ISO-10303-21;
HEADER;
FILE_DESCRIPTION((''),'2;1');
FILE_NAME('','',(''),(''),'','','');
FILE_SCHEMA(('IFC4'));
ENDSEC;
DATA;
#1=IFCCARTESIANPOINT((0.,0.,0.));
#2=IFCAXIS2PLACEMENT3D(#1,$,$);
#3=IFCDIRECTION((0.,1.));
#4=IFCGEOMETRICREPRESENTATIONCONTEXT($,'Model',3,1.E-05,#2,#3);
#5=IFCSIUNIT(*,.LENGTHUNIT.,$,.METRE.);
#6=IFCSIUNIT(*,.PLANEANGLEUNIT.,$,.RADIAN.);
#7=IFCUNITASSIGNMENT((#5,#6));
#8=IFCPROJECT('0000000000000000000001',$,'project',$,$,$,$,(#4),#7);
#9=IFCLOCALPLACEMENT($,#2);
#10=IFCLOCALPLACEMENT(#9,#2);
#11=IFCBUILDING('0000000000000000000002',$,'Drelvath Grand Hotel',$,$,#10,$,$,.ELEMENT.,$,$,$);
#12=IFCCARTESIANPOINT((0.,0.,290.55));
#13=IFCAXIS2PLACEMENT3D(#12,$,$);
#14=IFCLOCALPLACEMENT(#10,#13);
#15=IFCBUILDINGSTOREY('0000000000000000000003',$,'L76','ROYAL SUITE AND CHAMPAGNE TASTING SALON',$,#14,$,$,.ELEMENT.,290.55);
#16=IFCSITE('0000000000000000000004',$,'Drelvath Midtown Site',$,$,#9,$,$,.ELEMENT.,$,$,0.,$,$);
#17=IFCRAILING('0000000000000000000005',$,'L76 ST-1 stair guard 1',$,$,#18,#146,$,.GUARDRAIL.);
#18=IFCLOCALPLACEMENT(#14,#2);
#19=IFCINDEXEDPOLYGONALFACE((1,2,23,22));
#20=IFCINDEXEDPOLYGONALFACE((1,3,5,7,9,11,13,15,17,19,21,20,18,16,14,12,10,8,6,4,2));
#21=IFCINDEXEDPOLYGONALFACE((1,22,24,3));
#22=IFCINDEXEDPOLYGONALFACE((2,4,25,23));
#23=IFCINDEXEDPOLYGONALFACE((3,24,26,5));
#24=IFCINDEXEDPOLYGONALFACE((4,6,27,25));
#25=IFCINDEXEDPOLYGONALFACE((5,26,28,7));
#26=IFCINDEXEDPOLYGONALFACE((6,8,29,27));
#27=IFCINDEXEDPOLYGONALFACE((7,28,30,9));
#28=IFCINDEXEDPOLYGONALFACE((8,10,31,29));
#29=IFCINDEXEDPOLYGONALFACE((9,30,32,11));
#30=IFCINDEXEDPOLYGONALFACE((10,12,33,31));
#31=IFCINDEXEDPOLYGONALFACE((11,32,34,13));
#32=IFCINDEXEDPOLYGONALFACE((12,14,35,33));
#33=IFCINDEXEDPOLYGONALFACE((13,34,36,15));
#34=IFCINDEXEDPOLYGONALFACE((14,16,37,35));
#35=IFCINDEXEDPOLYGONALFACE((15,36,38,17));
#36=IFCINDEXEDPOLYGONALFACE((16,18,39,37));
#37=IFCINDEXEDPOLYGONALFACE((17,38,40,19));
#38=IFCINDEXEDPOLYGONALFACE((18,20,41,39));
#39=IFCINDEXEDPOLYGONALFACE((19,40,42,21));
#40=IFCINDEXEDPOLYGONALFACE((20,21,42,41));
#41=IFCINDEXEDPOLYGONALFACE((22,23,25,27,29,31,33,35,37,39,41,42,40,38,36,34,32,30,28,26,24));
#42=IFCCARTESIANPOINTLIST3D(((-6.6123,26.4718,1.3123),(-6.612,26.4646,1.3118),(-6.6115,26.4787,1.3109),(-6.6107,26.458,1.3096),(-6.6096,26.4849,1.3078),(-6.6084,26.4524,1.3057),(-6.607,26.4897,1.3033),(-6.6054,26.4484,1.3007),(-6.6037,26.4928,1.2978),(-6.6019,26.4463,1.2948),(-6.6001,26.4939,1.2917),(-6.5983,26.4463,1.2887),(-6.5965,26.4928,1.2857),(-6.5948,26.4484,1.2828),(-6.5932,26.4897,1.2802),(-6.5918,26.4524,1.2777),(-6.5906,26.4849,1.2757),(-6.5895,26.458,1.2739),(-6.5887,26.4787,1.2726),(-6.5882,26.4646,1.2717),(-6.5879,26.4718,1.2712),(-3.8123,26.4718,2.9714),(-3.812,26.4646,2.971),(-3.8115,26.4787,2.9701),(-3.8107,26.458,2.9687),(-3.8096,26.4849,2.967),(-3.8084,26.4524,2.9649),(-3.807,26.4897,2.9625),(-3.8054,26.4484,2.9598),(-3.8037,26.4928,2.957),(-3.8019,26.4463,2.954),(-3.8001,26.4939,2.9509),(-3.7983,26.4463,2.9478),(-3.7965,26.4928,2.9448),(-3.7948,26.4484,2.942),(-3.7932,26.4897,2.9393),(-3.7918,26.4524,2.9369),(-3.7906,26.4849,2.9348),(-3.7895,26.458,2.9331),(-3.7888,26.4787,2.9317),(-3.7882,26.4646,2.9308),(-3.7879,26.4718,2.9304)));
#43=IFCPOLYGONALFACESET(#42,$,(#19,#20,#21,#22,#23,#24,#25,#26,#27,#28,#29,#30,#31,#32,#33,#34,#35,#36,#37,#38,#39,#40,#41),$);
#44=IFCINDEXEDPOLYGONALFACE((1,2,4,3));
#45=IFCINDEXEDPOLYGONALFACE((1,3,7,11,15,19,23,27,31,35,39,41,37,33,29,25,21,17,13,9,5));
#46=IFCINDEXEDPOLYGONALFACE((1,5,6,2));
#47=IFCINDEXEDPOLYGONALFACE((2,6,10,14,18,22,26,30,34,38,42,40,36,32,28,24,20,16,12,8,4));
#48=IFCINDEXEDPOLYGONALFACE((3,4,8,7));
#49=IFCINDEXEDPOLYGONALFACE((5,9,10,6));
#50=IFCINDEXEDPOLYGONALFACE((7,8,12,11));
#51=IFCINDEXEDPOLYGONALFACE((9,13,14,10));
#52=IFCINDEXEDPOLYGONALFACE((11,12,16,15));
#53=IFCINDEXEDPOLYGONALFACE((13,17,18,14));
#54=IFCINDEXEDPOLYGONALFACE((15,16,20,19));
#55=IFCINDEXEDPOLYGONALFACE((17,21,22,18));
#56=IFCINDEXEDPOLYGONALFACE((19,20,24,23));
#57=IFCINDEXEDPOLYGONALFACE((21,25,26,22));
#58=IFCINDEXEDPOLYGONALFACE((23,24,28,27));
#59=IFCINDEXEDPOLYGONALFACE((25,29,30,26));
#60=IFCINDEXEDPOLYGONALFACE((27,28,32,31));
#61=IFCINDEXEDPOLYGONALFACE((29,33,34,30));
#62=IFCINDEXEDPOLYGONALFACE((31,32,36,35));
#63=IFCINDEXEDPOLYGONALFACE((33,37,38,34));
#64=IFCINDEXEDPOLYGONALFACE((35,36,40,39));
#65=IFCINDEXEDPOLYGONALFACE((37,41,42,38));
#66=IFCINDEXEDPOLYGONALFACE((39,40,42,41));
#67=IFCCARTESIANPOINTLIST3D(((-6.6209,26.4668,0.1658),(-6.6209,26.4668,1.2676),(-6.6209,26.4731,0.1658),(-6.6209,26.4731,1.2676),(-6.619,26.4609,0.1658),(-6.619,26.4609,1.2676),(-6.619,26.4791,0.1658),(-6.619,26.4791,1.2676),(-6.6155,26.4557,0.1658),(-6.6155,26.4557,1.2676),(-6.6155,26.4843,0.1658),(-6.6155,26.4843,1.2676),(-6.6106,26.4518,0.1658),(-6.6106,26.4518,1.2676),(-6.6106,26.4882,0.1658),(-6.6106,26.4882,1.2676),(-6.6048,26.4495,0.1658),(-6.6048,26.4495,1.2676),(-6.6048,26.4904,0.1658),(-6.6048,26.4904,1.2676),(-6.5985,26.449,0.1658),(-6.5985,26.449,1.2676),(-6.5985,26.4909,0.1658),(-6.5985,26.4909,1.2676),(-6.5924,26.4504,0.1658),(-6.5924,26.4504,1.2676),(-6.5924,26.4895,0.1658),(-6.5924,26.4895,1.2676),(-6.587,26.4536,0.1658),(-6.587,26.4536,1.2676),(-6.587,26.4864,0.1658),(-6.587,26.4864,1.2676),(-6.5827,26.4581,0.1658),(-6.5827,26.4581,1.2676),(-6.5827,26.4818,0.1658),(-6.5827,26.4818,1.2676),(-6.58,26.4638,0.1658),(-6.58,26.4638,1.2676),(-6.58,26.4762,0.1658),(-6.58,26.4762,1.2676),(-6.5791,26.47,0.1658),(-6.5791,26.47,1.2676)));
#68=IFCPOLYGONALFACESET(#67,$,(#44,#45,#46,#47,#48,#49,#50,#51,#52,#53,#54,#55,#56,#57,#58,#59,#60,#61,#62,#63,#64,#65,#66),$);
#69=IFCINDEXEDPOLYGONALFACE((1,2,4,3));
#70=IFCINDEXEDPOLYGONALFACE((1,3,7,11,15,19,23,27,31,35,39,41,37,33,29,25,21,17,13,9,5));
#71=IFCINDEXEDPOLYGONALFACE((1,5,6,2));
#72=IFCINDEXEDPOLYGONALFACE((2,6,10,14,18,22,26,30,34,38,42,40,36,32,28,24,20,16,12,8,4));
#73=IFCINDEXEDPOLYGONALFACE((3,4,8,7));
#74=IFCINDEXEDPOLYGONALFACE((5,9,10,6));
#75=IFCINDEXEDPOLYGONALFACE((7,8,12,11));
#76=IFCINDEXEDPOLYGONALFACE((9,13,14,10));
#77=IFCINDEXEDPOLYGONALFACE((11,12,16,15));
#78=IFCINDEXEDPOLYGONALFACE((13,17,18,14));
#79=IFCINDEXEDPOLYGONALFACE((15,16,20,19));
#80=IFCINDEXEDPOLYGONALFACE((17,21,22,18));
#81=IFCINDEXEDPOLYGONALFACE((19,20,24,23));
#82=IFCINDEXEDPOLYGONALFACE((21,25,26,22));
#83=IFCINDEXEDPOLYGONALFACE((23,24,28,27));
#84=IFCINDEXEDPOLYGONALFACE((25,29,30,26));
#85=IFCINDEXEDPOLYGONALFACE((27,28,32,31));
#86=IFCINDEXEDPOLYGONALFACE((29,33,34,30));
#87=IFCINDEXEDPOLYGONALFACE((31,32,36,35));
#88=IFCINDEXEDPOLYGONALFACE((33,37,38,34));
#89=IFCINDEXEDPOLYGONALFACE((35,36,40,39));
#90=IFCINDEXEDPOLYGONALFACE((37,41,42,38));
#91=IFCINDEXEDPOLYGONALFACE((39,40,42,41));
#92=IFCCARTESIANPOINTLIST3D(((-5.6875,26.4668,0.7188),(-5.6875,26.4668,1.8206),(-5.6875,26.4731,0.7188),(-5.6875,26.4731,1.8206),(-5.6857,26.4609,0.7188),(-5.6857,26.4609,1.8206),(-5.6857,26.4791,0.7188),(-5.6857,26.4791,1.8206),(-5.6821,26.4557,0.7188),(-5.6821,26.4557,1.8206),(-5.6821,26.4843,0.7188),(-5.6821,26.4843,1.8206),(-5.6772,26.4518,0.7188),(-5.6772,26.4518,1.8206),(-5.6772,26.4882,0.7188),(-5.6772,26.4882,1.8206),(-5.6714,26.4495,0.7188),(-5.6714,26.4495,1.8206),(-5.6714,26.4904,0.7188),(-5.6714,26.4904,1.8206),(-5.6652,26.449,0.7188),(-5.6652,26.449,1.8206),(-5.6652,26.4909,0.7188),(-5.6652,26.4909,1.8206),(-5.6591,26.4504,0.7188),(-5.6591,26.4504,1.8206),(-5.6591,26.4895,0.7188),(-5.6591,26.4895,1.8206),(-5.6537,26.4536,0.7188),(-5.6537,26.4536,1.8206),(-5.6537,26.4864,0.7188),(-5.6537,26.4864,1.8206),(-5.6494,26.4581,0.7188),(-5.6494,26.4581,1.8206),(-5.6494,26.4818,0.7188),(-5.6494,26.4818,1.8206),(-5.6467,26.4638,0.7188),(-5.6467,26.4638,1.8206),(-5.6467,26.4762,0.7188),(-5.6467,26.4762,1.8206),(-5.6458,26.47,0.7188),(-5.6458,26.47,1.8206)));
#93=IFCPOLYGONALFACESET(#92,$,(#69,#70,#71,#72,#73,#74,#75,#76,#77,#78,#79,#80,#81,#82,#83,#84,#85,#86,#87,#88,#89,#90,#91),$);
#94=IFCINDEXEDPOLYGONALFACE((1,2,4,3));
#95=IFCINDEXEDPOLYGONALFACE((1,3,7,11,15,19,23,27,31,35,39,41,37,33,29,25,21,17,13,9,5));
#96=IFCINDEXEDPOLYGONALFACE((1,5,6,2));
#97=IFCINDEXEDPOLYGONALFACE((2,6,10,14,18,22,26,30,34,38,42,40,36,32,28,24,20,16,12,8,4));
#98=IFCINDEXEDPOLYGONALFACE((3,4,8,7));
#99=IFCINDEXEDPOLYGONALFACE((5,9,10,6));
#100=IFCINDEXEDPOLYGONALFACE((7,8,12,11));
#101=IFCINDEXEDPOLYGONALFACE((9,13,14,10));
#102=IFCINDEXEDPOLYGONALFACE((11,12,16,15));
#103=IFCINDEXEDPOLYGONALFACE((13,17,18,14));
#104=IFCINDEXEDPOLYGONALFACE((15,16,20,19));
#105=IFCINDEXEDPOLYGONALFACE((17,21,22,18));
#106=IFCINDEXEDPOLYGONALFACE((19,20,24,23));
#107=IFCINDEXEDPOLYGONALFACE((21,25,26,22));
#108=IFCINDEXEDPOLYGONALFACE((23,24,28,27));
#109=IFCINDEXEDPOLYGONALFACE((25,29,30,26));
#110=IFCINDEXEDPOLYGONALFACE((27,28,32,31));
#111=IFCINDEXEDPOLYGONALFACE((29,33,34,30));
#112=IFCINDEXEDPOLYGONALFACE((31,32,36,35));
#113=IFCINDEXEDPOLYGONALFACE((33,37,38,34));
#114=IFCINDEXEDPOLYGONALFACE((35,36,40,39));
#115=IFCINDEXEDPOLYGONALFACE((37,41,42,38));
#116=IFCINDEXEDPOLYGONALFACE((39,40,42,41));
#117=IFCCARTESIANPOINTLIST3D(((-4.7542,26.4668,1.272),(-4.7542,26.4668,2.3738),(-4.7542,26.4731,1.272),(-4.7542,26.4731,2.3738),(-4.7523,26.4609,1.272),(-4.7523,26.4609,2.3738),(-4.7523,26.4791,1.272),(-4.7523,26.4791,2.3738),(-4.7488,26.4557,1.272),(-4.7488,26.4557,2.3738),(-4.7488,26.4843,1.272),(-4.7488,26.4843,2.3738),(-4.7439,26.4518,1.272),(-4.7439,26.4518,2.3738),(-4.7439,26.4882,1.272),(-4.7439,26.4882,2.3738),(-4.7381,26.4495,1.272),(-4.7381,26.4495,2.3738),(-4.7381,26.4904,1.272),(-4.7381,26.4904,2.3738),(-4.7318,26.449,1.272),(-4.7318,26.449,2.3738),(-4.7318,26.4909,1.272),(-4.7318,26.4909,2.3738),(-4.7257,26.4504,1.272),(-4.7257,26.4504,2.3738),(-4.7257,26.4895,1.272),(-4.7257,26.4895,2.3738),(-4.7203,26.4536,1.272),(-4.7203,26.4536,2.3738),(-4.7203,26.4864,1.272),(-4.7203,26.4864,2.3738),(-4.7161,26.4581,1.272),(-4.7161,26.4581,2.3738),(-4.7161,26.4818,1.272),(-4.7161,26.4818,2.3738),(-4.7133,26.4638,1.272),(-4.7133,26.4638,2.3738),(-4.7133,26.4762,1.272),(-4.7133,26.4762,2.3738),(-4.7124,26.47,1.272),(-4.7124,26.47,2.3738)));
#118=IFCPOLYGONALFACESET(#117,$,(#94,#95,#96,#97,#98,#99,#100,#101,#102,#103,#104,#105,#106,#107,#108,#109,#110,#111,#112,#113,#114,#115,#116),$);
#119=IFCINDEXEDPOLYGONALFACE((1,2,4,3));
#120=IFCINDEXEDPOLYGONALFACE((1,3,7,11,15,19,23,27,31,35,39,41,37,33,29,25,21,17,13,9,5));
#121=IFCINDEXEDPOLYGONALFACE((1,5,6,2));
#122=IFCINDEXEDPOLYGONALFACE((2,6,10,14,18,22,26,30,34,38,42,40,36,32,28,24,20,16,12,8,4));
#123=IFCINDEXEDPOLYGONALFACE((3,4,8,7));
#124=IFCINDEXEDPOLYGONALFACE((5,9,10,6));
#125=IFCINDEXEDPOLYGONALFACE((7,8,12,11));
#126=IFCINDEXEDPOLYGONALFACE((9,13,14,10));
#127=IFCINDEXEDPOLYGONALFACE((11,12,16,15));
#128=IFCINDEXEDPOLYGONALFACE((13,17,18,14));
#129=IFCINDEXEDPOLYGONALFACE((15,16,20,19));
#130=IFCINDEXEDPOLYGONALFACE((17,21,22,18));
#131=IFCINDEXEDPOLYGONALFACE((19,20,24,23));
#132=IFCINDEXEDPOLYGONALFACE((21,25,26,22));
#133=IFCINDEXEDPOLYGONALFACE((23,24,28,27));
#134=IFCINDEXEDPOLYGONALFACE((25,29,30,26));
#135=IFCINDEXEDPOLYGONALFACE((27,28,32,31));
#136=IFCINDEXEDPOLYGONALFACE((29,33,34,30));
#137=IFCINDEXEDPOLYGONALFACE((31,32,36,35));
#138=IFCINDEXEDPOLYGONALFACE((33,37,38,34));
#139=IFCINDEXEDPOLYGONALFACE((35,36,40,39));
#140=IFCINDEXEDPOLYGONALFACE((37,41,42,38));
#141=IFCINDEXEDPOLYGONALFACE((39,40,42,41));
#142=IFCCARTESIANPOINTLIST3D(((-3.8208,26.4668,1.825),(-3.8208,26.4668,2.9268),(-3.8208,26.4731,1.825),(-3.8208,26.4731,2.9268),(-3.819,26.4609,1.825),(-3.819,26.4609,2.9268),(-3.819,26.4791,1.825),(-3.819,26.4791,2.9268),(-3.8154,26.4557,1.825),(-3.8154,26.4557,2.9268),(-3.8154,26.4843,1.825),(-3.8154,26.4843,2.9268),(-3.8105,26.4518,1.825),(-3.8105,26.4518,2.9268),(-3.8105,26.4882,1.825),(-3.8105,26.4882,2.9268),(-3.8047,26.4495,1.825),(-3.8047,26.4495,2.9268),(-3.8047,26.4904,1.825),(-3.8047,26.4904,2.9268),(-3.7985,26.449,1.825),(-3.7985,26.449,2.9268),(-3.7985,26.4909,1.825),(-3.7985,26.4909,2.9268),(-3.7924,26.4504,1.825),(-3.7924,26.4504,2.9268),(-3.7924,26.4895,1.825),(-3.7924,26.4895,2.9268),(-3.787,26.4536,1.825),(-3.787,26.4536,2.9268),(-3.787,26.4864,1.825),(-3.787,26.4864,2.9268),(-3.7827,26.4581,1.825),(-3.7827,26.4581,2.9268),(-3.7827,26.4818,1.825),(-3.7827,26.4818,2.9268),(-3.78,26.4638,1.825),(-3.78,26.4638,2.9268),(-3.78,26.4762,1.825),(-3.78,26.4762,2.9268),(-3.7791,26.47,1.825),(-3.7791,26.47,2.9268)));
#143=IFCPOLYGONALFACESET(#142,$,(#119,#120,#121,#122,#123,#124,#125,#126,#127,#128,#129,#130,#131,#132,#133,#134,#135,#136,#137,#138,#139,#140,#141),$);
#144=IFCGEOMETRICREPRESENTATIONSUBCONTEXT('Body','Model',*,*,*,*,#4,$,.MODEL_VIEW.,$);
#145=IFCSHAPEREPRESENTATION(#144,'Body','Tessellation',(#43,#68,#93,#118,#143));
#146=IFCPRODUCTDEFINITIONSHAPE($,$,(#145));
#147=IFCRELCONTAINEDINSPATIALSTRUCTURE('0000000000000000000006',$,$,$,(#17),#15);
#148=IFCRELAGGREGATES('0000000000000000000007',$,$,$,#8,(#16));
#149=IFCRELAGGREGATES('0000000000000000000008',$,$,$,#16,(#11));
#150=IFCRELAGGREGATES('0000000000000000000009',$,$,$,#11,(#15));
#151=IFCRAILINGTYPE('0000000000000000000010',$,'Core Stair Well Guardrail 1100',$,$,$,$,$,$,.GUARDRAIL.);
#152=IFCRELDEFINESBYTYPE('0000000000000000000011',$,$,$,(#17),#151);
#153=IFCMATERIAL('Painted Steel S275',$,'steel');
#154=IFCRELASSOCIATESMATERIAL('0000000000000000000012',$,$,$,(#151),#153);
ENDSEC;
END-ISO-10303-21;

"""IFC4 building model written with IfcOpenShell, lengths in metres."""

from ifc_helpers import new_model, si_unit, direction, frame, origin, origin_2d, place, context, subcontext, project, spatial, circle, extrude, material, type_object, element, save


model = new_model("IFC4")

# Units and contexts
model_context = context("Model", 3, precision=1e-05, world=origin(), true_north=direction((0.0, 1.0)))
body_context = subcontext(model_context, "Body", "Model", "MODEL_VIEW")
ifc_project = project(units=[si_unit("LENGTHUNIT", "METRE"), si_unit("PLANEANGLEUNIT", "RADIAN")], contexts=[model_context])

# Site, building, storey
site_placement = place(None, origin())
site = spatial("IfcSite", under=ifc_project, at=site_placement, Name="Drelvath Midtown Site", CompositionType="ELEMENT", RefElevation=0.0)
building_placement = place(site_placement, origin())
building = spatial("IfcBuilding", under=site, at=building_placement, Name="Drelvath Grand Hotel", CompositionType="ELEMENT")
storey_placement = place(building_placement, frame((0.0, 0.0, 290.55)))
storey = spatial("IfcBuildingStorey", under=building, at=storey_placement, Name="L76", Description="ROYAL SUITE AND CHAMPAGNE TASTING SALON", CompositionType="ELEMENT", Elevation=290.55)

# Shared definitions
ifc_material_1 = material(Name="Painted Steel S275", Category="steel")

# Railing
railing_type_1 = type_object("IfcRailingType", Name="Core Stair Well Guardrail 1100", PredefinedType="GUARDRAIL", material=ifc_material_1)
railing_1_placement = place(storey_placement, frame((-6.6001, 26.47, 0.1658)))
element("IfcRailing", 1, at=railing_1_placement, inside=storey, type_object=railing_type_1, Name="L76 ST-1 stair guard 1", PredefinedType="GUARDRAIL", context=body_context, shape_type="SweptSolid", body=[
    extrude(circle(Radius=0.0239, at=origin_2d()), frame((0.0, 0.0, 1.126), z_axis=(0.860306, 0.0, 0.509778), x_axis=(0.0, 1.0, 0.0)), (0.0, 0.0, 1.0), 3.2546),
    extrude(circle(Radius=0.021, at=origin_2d()), origin(), (0.0, 0.0, 1.0), 1.1018),
    extrude(circle(Radius=0.021, at=origin_2d()), frame((0.9333, 0.0, 0.553)), (0.0, 0.0, 1.0), 1.1018),
    extrude(circle(Radius=0.021, at=origin_2d()), frame((1.8667, 0.0, 1.1062)), (0.0, 0.0, 1.0), 1.1018),
    extrude(circle(Radius=0.021, at=origin_2d()), frame((2.8, 0.0, 1.6592)), (0.0, 0.0, 1.0), 1.1018),
])

save(model, "model.ifc")
